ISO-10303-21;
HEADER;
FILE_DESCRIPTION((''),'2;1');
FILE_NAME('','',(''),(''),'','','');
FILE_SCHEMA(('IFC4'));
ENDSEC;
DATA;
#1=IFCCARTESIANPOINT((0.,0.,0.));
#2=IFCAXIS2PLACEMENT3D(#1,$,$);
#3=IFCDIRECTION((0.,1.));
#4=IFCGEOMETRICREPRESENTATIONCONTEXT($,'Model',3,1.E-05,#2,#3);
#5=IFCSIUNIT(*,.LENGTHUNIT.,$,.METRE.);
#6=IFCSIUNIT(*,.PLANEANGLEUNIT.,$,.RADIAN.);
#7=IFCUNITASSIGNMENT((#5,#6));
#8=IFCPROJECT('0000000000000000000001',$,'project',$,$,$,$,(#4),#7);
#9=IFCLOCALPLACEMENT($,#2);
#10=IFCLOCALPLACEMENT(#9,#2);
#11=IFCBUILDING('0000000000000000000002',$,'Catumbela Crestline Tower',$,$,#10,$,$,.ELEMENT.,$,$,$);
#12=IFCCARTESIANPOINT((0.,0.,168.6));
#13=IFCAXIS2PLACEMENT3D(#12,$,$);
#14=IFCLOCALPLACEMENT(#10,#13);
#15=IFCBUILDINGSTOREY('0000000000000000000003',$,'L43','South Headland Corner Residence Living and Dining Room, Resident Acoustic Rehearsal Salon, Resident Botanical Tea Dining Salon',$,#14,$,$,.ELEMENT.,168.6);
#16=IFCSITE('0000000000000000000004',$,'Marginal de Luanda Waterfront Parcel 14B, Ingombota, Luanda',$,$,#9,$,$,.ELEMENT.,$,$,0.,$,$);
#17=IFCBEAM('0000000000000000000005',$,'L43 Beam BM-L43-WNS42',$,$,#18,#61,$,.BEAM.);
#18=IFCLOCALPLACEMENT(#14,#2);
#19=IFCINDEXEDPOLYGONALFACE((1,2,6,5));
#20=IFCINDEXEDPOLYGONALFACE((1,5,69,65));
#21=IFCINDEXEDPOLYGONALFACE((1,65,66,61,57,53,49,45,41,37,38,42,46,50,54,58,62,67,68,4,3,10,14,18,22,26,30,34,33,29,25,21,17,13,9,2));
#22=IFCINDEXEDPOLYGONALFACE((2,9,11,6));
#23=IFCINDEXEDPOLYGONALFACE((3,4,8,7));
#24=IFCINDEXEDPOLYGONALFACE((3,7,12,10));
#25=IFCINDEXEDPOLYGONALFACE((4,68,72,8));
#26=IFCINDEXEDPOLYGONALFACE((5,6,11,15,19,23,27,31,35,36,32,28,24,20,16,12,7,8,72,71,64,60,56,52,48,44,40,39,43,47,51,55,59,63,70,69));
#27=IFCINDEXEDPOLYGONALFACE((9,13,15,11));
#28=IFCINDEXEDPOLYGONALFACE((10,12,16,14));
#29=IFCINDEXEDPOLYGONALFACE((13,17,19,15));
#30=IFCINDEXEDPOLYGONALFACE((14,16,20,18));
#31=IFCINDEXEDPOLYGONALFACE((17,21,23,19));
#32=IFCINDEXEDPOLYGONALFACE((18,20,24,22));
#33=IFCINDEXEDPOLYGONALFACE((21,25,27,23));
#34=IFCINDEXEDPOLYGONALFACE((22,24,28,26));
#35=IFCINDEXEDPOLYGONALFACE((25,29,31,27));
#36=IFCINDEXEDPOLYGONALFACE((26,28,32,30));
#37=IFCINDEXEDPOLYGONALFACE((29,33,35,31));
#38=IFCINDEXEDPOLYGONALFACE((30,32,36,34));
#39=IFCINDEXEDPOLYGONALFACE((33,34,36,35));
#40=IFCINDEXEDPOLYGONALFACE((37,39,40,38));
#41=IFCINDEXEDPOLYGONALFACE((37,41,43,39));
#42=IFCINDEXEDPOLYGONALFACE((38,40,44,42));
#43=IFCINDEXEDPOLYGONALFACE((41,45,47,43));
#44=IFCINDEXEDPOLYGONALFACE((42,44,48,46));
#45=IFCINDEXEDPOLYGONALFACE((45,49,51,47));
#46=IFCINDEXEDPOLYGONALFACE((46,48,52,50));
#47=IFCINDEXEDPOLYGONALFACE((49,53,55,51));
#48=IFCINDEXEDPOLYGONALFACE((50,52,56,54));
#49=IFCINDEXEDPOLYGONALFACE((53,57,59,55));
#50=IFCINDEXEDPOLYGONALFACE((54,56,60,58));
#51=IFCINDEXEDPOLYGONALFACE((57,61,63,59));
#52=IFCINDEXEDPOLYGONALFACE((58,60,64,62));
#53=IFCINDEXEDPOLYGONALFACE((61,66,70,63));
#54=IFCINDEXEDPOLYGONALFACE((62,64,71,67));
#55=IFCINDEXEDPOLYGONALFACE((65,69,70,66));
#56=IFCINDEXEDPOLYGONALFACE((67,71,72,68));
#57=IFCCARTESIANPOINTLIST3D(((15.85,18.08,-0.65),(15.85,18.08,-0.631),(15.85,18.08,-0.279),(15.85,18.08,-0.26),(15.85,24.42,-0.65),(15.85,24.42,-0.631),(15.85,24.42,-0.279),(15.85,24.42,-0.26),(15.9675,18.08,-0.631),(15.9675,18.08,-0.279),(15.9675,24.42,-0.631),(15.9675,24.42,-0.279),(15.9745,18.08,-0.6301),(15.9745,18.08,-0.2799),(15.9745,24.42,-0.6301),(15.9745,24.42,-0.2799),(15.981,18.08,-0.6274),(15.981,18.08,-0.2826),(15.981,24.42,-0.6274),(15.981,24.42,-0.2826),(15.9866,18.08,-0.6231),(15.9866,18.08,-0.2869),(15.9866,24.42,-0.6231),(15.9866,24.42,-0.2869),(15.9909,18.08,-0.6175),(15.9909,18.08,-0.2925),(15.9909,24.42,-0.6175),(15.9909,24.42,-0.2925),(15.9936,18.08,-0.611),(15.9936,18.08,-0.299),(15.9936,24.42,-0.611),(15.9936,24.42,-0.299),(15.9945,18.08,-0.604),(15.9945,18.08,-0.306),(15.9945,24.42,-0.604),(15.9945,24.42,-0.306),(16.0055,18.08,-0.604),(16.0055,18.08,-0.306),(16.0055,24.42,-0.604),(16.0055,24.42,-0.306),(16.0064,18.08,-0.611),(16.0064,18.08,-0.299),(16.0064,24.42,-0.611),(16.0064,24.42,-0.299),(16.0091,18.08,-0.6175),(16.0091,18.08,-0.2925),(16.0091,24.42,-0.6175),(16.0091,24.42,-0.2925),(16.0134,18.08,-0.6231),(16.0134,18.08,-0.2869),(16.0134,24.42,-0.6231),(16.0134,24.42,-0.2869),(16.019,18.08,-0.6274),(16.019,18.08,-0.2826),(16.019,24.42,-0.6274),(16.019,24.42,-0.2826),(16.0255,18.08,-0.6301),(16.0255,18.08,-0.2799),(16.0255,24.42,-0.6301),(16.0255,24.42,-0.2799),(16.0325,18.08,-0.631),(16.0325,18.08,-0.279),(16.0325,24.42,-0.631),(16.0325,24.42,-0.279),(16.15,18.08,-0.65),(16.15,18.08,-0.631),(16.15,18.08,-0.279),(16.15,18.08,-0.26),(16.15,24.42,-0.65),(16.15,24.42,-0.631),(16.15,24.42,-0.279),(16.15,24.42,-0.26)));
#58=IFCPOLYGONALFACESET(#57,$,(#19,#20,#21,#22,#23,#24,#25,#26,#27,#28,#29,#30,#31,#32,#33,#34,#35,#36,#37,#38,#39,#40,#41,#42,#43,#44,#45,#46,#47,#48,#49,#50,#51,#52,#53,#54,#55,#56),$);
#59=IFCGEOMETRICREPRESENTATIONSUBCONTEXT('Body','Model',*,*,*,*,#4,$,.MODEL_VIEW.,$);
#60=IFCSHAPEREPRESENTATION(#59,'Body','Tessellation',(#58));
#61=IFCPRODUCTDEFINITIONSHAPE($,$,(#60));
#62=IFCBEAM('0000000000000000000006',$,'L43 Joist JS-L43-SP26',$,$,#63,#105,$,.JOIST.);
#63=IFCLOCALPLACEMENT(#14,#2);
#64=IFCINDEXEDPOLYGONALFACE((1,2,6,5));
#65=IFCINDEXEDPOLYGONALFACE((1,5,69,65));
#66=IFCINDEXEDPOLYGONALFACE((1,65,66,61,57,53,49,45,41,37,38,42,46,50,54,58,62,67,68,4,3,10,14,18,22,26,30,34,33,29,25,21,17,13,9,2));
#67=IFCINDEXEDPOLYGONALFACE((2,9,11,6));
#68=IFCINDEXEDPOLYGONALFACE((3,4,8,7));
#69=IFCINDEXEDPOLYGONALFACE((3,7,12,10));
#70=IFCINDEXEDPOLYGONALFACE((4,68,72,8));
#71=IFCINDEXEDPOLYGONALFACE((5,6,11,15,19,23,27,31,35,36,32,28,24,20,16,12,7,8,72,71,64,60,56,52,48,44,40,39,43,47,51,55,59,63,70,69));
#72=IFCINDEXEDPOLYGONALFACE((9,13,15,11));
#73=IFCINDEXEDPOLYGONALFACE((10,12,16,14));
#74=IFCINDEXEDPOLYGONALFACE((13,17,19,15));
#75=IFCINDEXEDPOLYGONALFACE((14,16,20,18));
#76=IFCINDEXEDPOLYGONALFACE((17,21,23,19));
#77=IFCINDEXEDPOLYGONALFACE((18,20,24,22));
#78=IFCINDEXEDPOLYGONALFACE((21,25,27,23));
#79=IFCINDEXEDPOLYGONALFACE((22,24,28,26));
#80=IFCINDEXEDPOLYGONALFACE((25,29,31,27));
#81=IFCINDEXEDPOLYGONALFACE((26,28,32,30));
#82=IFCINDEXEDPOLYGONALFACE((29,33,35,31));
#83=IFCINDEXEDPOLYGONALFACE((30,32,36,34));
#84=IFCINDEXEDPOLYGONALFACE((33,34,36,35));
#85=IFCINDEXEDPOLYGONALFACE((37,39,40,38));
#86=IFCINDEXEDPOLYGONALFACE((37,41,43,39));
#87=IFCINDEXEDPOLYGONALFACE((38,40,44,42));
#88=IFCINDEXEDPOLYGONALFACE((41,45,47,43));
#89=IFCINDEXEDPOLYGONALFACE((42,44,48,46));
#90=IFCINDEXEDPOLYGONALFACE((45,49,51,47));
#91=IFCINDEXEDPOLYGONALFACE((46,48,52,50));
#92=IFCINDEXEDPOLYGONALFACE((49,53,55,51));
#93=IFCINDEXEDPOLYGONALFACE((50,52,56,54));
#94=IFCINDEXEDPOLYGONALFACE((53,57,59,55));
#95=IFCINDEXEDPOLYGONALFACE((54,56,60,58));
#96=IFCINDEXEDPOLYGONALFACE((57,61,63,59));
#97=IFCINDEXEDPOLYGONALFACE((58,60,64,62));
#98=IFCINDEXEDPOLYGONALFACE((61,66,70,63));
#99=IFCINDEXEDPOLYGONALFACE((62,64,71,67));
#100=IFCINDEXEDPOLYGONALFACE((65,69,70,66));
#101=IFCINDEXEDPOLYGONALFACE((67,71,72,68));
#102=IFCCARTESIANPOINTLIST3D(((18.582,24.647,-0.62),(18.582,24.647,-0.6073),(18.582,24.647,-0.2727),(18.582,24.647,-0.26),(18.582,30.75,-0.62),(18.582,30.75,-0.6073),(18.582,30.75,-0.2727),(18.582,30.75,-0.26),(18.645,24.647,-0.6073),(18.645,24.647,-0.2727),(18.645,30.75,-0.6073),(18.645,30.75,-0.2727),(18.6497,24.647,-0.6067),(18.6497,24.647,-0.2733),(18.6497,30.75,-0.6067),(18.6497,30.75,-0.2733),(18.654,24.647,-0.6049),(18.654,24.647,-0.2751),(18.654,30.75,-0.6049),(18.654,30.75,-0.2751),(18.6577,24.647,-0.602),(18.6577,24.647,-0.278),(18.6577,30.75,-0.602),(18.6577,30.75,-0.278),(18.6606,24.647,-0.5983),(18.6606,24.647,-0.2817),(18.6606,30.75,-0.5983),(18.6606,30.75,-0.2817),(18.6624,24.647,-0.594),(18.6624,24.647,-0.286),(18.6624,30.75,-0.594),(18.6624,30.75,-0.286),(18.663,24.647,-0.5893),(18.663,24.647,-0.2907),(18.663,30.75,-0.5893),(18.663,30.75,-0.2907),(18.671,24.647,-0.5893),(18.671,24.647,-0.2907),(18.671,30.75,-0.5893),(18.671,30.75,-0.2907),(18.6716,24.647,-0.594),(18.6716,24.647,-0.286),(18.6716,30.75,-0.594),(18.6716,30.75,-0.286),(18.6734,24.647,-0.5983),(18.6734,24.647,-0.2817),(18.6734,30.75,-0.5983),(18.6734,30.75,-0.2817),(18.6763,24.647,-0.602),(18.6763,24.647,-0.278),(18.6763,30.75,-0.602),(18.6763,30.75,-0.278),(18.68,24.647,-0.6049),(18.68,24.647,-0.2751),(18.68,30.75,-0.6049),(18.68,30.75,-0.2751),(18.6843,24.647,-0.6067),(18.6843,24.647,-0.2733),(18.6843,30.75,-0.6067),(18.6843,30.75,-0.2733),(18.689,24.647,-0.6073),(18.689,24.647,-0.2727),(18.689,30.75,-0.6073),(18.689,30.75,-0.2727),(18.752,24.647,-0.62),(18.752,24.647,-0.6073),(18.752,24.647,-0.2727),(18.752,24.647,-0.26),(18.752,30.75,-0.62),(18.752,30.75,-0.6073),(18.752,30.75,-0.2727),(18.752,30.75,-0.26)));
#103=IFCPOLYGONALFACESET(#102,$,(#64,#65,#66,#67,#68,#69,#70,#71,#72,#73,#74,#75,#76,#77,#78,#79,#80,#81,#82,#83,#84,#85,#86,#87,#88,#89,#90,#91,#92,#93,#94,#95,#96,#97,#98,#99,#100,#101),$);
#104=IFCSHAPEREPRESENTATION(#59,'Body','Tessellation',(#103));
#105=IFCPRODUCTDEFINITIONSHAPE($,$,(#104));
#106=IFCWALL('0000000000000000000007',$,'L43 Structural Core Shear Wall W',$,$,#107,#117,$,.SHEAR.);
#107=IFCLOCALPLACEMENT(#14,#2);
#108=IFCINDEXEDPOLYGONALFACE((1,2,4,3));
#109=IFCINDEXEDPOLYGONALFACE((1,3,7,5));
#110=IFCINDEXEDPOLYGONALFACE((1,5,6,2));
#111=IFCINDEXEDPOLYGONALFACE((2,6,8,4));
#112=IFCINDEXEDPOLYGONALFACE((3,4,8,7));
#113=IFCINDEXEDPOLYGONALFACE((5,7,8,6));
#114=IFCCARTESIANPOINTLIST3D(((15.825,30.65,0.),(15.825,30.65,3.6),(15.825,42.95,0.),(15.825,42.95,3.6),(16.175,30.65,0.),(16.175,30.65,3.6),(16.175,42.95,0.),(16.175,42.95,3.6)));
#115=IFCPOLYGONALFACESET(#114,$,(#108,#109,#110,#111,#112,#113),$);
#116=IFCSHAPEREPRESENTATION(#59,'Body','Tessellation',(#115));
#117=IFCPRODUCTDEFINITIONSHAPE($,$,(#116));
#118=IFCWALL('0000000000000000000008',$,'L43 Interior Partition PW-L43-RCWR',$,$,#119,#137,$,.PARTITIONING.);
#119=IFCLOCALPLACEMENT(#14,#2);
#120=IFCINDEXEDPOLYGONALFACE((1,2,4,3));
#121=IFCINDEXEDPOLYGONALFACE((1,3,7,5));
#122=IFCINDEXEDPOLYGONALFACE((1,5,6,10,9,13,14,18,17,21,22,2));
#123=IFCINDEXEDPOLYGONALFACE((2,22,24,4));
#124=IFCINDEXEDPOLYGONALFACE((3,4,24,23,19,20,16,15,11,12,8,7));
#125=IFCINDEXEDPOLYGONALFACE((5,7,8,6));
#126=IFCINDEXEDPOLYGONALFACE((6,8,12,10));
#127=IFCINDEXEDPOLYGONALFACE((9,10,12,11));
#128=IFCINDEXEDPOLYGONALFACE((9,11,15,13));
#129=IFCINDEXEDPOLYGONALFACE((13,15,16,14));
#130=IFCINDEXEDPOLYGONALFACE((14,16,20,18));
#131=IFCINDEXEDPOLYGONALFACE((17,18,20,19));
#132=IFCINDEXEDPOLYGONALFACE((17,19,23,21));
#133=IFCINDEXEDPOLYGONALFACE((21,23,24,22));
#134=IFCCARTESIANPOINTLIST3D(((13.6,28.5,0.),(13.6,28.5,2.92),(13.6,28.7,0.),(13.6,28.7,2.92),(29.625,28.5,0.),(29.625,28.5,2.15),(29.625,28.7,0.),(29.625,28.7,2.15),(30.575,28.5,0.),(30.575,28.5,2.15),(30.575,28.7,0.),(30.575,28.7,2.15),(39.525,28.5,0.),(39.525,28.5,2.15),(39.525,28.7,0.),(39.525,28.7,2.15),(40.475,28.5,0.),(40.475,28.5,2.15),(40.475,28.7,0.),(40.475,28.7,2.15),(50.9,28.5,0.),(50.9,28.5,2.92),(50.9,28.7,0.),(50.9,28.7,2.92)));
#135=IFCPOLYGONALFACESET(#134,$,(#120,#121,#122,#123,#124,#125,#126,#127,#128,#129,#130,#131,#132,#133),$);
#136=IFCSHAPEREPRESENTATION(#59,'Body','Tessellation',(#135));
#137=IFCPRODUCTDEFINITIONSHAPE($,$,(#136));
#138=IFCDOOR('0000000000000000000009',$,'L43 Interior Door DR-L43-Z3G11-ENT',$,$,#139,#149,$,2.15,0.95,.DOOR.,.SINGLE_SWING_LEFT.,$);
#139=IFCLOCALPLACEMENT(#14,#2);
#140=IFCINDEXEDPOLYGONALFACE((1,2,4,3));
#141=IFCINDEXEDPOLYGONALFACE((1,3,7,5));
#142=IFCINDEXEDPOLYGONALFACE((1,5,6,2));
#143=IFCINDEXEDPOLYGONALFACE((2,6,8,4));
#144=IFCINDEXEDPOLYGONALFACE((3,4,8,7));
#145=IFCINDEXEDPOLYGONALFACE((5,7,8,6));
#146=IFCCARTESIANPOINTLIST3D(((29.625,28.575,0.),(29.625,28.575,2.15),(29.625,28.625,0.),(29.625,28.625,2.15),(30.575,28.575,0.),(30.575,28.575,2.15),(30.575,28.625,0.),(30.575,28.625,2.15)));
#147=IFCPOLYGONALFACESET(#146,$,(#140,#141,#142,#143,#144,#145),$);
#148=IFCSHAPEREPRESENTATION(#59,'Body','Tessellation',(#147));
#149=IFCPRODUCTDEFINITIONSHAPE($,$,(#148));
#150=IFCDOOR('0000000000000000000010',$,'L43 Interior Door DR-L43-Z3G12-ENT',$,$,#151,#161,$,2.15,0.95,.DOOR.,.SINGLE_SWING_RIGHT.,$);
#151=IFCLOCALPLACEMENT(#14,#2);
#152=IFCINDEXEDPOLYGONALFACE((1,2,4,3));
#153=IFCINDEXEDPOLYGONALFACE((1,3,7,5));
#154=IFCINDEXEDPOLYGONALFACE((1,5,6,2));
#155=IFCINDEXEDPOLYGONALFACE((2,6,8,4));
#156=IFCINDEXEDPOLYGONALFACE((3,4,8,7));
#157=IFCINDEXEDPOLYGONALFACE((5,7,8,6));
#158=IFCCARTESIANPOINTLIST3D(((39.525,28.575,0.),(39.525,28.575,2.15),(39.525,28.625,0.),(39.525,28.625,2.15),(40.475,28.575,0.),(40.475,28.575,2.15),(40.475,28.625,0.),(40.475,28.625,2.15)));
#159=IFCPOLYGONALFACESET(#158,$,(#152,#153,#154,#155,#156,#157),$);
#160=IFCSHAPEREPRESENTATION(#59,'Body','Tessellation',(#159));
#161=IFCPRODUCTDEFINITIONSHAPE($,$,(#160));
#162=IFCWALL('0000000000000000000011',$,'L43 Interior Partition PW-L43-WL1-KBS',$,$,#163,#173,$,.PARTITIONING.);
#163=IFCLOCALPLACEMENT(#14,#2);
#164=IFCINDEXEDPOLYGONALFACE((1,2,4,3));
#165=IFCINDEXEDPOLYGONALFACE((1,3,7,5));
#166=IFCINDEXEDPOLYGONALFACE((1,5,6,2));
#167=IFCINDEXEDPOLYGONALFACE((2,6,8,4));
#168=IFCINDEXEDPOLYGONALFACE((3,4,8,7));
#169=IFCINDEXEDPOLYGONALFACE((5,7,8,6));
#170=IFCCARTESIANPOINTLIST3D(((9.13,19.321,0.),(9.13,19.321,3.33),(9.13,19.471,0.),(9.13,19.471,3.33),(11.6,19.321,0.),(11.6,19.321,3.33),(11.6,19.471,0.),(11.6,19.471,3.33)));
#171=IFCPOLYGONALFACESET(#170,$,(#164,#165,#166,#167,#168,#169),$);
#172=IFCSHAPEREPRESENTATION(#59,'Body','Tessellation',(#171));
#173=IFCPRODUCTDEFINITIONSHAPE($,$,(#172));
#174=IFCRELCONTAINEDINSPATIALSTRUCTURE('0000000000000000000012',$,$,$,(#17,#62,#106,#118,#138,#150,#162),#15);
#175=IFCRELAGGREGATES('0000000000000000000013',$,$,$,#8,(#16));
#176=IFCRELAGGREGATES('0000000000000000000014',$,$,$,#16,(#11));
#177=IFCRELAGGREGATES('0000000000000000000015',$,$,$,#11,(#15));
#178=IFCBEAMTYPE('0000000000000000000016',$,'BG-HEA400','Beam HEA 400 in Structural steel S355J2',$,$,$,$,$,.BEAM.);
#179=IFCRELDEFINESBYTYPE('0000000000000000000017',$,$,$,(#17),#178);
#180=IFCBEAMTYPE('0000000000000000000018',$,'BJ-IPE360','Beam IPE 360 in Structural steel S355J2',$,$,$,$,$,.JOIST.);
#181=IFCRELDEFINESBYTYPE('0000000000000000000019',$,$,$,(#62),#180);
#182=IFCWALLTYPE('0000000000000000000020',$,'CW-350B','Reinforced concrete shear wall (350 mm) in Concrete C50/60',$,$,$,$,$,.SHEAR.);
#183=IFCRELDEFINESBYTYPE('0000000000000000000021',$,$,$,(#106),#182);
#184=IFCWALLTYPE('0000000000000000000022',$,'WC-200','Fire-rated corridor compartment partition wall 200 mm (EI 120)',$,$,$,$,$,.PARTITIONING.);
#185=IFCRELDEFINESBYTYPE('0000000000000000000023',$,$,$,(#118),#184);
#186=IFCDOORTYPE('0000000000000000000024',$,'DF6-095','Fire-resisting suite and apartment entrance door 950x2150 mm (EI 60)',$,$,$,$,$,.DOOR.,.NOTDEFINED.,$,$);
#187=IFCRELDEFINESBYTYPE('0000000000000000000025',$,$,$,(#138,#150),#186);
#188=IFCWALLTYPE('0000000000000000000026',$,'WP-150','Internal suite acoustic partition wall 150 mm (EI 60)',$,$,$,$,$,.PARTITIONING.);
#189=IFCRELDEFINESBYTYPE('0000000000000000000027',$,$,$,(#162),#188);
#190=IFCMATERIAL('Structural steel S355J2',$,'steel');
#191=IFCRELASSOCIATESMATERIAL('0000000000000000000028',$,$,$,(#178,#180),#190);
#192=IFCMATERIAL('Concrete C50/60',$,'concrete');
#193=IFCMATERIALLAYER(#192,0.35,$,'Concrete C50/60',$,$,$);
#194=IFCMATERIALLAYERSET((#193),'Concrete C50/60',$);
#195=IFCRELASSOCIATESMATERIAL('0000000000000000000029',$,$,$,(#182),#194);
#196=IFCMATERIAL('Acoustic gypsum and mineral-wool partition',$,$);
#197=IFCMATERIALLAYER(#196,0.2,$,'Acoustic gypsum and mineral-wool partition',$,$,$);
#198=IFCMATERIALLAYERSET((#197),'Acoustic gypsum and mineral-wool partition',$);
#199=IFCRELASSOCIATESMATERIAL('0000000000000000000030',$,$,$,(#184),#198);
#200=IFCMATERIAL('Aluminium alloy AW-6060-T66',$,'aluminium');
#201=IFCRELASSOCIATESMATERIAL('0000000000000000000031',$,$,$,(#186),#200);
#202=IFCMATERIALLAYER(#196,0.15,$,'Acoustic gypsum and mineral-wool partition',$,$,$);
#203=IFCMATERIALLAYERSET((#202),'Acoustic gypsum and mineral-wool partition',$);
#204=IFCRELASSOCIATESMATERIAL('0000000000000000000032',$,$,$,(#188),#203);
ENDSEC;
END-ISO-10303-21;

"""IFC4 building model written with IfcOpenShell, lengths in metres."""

from ifc_helpers import new_model, si_unit, direction, frame, frame_2d, origin, origin_2d, place, context, subcontext, project, spatial, rectangle, i_section, extrude, material, layer, layer_set, material_profile, profile_set, type_object, element, fill, save


model = new_model("IFC4")

# Units and contexts
model_context = context("Model", 3, precision=1e-05, world=origin(), true_north=direction((0.0, 1.0)))
body_context = subcontext(model_context, "Body", "Model", "MODEL_VIEW")
ifc_project = project(units=[si_unit("LENGTHUNIT", "METRE"), si_unit("PLANEANGLEUNIT", "RADIAN")], contexts=[model_context])

# Site, building, storey
site_placement = place(None, origin())
site = spatial("IfcSite", under=ifc_project, at=site_placement, Name="Marginal de Luanda Waterfront Parcel 14B, Ingombota, Luanda", CompositionType="ELEMENT", RefElevation=0.0)
building_placement = place(site_placement, origin())
building = spatial("IfcBuilding", under=site, at=building_placement, Name="Catumbela Crestline Tower", CompositionType="ELEMENT")
storey_placement = place(building_placement, frame((0.0, 0.0, 168.6)))
storey = spatial("IfcBuildingStorey", under=building, at=storey_placement, Name="L43", Description="South Headland Corner Residence Living and Dining Room, Resident Acoustic Rehearsal Salon, Resident Botanical Tea Dining Salon", CompositionType="ELEMENT", Elevation=168.6)

# Shared definitions
ifc_material_1 = material(Name="Concrete C50/60", Category="concrete")

# Beams
ifc_material_2 = material(Name="Structural steel S355J2", Category="steel")
ifc_material_profile_1 = material_profile(ifc_material_2, i_section(OverallWidth=0.3, OverallDepth=0.39, WebThickness=0.011, FlangeThickness=0.019, FilletRadius=0.027, at=origin_2d()), Name="HEA 400")
ifc_profile_set_1 = profile_set([ifc_material_profile_1], Name="Structural steel S355J2")
beam_type_1 = type_object("IfcBeamType", Name="BG-HEA400", Description="Beam HEA 400 in Structural steel S355J2", PredefinedType="BEAM", material=ifc_profile_set_1)
beam_1_placement = place(storey_placement, frame((16.0, 18.08, -0.455), z_axis=(0.0, 1.0, 0.0), x_axis=(-1.0, 0.0, 0.0)))
element("IfcBeam", 1, at=beam_1_placement, inside=storey, type_object=beam_type_1, Name="L43 Beam BM-L43-WNS42", PredefinedType="BEAM", context=body_context, shape_type="SweptSolid", body=[
    extrude(i_section(OverallWidth=0.3, OverallDepth=0.39, WebThickness=0.011, FlangeThickness=0.019, FilletRadius=0.027, at=origin_2d()), origin(), (0.0, 0.0, 1.0), 6.34),
])
ifc_material_profile_2 = material_profile(ifc_material_2, i_section(OverallWidth=0.17, OverallDepth=0.36, WebThickness=0.008, FlangeThickness=0.0127, FilletRadius=0.018, at=origin_2d()), Name="IPE 360")
ifc_profile_set_2 = profile_set([ifc_material_profile_2], Name="Structural steel S355J2")
beam_type_2 = type_object("IfcBeamType", Name="BJ-IPE360", Description="Beam IPE 360 in Structural steel S355J2", PredefinedType="JOIST", material=ifc_profile_set_2)
beam_2_placement = place(storey_placement, frame((18.667, 24.647, -0.44), z_axis=(0.0, 1.0, 0.0), x_axis=(-1.0, 0.0, 0.0)))
element("IfcBeam", 2, at=beam_2_placement, inside=storey, type_object=beam_type_2, Name="L43 Joist JS-L43-SP26", PredefinedType="JOIST", context=body_context, shape_type="SweptSolid", body=[
    extrude(i_section(OverallWidth=0.17, OverallDepth=0.36, WebThickness=0.008, FlangeThickness=0.0127, FilletRadius=0.018, at=origin_2d()), origin(), (0.0, 0.0, 1.0), 6.103),
])

# Wall
ifc_layer_1 = layer(ifc_material_1, 0.35, Name="Concrete C50/60")
ifc_layer_set_1 = layer_set([ifc_layer_1], Name="Concrete C50/60")
wall_type_1 = type_object("IfcWallType", Name="CW-350B", Description="Reinforced concrete shear wall (350 mm) in Concrete C50/60", PredefinedType="SHEAR", material=ifc_layer_set_1)
wall_1_placement = place(storey_placement, frame((16.0, 30.65, 0.0), z_axis=(0.0, 0.0, 1.0), x_axis=(0.0, 1.0, 0.0)))
element("IfcWall", 3, at=wall_1_placement, inside=storey, type_object=wall_type_1, Name="L43 Structural Core Shear Wall W", PredefinedType="SHEAR", context=body_context, shape_type="SweptSolid", body=[
    extrude(rectangle(XDim=12.3, YDim=0.35, at=frame_2d((6.15, 0.0))), origin(), (0.0, 0.0, 1.0), 3.6),
])

# Wall, openings, doors
ifc_material_3 = material(Name="Acoustic gypsum and mineral-wool partition")
ifc_layer_2 = layer(ifc_material_3, 0.2, Name="Acoustic gypsum and mineral-wool partition")
ifc_layer_set_2 = layer_set([ifc_layer_2], Name="Acoustic gypsum and mineral-wool partition")
wall_type_2 = type_object("IfcWallType", Name="WC-200", Description="Fire-rated corridor compartment partition wall 200 mm (EI 120)", PredefinedType="PARTITIONING", material=ifc_layer_set_2)
wall_2_placement = place(storey_placement, frame((13.6, 28.6, 0.0), z_axis=(0.0, 0.0, 1.0), x_axis=(1.0, 0.0, 0.0)))
wall_2 = element("IfcWall", 4, at=wall_2_placement, inside=storey, type_object=wall_type_2, Name="L43 Interior Partition PW-L43-RCWR", PredefinedType="PARTITIONING", context=body_context, shape_type="SweptSolid", body=[
    extrude(rectangle(XDim=37.3, YDim=0.2, at=frame_2d((18.65, 0.0))), origin(), (0.0, 0.0, 1.0), 2.92),
])
opening_1_placement = place(wall_2_placement, frame((16.025, 0.0, 0.0)))
opening_1 = element("IfcOpeningElement", 5, at=opening_1_placement, cuts=wall_2, PredefinedType="OPENING", context=body_context, shape_type="SweptSolid", body=[
    extrude(rectangle(XDim=0.95, YDim=2.15, at=frame_2d((0.475, 1.075))), frame((0.0, 0.11, 0.0), z_axis=(0.0, -1.0, 0.0), x_axis=(1.0, 0.0, 0.0)), (0.0, 0.0, 1.0), 0.22),
])
opening_2_placement = place(wall_2_placement, frame((25.925, 0.0, 0.0)))
opening_2 = element("IfcOpeningElement", 6, at=opening_2_placement, cuts=wall_2, PredefinedType="OPENING", context=body_context, shape_type="SweptSolid", body=[
    extrude(rectangle(XDim=0.95, YDim=2.15, at=frame_2d((0.475, 1.075))), frame((0.0, 0.11, 0.0), z_axis=(0.0, -1.0, 0.0), x_axis=(1.0, 0.0, 0.0)), (0.0, 0.0, 1.0), 0.22),
])
ifc_material_4 = material(Name="Aluminium alloy AW-6060-T66", Category="aluminium")
door_type_1 = type_object("IfcDoorType", Name="DF6-095", Description="Fire-resisting suite and apartment entrance door 950x2150 mm (EI 60)", OperationType="NOTDEFINED", PredefinedType="DOOR", material=ifc_material_4)
door_1_placement = place(opening_1_placement, origin())
door_1 = element("IfcDoor", 7, at=door_1_placement, inside=storey, type_object=door_type_1, Name="L43 Interior Door DR-L43-Z3G11-ENT", OperationType="SINGLE_SWING_LEFT", OverallHeight=2.15, OverallWidth=0.95, PredefinedType="DOOR", context=body_context, shape_type="SweptSolid", body=[
    extrude(rectangle(XDim=0.95, YDim=2.15, at=frame_2d((0.475, 1.075))), frame((0.0, 0.025, 0.0), z_axis=(0.0, -1.0, 0.0), x_axis=(1.0, 0.0, 0.0)), (0.0, 0.0, 1.0), 0.05),
])
fill(opening_1, door_1)
door_2_placement = place(opening_2_placement, origin())
door_2 = element("IfcDoor", 8, at=door_2_placement, inside=storey, type_object=door_type_1, Name="L43 Interior Door DR-L43-Z3G12-ENT", OperationType="SINGLE_SWING_RIGHT", OverallHeight=2.15, OverallWidth=0.95, PredefinedType="DOOR", context=body_context, shape_type="SweptSolid", body=[
    extrude(rectangle(XDim=0.95, YDim=2.15, at=frame_2d((0.475, 1.075))), frame((0.0, 0.025, 0.0), z_axis=(0.0, -1.0, 0.0), x_axis=(1.0, 0.0, 0.0)), (0.0, 0.0, 1.0), 0.05),
])
fill(opening_2, door_2)

# Wall
ifc_layer_3 = layer(ifc_material_3, 0.15, Name="Acoustic gypsum and mineral-wool partition")
ifc_layer_set_3 = layer_set([ifc_layer_3], Name="Acoustic gypsum and mineral-wool partition")
wall_type_3 = type_object("IfcWallType", Name="WP-150", Description="Internal suite acoustic partition wall 150 mm (EI 60)", PredefinedType="PARTITIONING", material=ifc_layer_set_3)
for number, where, z_axis, x_axis, name in (
    (9, (9.13, 19.396, 0.0), (0.0, 0.0, 1.0), (1.0, 0.0, 0.0), "L43 Interior Partition PW-L43-WL1-KBS"),
):
    element("IfcWall", number, at=place(storey_placement, frame(where, z_axis=z_axis, x_axis=x_axis)), inside=storey, type_object=wall_type_3, Name=name, PredefinedType="PARTITIONING", context=body_context, shape_type="SweptSolid", body=[
        extrude(rectangle(XDim=2.47, YDim=0.15, at=frame_2d((1.235, 0.0))), origin(), (0.0, 0.0, 1.0), 3.33),
    ])

save(model, "model.ifc")
